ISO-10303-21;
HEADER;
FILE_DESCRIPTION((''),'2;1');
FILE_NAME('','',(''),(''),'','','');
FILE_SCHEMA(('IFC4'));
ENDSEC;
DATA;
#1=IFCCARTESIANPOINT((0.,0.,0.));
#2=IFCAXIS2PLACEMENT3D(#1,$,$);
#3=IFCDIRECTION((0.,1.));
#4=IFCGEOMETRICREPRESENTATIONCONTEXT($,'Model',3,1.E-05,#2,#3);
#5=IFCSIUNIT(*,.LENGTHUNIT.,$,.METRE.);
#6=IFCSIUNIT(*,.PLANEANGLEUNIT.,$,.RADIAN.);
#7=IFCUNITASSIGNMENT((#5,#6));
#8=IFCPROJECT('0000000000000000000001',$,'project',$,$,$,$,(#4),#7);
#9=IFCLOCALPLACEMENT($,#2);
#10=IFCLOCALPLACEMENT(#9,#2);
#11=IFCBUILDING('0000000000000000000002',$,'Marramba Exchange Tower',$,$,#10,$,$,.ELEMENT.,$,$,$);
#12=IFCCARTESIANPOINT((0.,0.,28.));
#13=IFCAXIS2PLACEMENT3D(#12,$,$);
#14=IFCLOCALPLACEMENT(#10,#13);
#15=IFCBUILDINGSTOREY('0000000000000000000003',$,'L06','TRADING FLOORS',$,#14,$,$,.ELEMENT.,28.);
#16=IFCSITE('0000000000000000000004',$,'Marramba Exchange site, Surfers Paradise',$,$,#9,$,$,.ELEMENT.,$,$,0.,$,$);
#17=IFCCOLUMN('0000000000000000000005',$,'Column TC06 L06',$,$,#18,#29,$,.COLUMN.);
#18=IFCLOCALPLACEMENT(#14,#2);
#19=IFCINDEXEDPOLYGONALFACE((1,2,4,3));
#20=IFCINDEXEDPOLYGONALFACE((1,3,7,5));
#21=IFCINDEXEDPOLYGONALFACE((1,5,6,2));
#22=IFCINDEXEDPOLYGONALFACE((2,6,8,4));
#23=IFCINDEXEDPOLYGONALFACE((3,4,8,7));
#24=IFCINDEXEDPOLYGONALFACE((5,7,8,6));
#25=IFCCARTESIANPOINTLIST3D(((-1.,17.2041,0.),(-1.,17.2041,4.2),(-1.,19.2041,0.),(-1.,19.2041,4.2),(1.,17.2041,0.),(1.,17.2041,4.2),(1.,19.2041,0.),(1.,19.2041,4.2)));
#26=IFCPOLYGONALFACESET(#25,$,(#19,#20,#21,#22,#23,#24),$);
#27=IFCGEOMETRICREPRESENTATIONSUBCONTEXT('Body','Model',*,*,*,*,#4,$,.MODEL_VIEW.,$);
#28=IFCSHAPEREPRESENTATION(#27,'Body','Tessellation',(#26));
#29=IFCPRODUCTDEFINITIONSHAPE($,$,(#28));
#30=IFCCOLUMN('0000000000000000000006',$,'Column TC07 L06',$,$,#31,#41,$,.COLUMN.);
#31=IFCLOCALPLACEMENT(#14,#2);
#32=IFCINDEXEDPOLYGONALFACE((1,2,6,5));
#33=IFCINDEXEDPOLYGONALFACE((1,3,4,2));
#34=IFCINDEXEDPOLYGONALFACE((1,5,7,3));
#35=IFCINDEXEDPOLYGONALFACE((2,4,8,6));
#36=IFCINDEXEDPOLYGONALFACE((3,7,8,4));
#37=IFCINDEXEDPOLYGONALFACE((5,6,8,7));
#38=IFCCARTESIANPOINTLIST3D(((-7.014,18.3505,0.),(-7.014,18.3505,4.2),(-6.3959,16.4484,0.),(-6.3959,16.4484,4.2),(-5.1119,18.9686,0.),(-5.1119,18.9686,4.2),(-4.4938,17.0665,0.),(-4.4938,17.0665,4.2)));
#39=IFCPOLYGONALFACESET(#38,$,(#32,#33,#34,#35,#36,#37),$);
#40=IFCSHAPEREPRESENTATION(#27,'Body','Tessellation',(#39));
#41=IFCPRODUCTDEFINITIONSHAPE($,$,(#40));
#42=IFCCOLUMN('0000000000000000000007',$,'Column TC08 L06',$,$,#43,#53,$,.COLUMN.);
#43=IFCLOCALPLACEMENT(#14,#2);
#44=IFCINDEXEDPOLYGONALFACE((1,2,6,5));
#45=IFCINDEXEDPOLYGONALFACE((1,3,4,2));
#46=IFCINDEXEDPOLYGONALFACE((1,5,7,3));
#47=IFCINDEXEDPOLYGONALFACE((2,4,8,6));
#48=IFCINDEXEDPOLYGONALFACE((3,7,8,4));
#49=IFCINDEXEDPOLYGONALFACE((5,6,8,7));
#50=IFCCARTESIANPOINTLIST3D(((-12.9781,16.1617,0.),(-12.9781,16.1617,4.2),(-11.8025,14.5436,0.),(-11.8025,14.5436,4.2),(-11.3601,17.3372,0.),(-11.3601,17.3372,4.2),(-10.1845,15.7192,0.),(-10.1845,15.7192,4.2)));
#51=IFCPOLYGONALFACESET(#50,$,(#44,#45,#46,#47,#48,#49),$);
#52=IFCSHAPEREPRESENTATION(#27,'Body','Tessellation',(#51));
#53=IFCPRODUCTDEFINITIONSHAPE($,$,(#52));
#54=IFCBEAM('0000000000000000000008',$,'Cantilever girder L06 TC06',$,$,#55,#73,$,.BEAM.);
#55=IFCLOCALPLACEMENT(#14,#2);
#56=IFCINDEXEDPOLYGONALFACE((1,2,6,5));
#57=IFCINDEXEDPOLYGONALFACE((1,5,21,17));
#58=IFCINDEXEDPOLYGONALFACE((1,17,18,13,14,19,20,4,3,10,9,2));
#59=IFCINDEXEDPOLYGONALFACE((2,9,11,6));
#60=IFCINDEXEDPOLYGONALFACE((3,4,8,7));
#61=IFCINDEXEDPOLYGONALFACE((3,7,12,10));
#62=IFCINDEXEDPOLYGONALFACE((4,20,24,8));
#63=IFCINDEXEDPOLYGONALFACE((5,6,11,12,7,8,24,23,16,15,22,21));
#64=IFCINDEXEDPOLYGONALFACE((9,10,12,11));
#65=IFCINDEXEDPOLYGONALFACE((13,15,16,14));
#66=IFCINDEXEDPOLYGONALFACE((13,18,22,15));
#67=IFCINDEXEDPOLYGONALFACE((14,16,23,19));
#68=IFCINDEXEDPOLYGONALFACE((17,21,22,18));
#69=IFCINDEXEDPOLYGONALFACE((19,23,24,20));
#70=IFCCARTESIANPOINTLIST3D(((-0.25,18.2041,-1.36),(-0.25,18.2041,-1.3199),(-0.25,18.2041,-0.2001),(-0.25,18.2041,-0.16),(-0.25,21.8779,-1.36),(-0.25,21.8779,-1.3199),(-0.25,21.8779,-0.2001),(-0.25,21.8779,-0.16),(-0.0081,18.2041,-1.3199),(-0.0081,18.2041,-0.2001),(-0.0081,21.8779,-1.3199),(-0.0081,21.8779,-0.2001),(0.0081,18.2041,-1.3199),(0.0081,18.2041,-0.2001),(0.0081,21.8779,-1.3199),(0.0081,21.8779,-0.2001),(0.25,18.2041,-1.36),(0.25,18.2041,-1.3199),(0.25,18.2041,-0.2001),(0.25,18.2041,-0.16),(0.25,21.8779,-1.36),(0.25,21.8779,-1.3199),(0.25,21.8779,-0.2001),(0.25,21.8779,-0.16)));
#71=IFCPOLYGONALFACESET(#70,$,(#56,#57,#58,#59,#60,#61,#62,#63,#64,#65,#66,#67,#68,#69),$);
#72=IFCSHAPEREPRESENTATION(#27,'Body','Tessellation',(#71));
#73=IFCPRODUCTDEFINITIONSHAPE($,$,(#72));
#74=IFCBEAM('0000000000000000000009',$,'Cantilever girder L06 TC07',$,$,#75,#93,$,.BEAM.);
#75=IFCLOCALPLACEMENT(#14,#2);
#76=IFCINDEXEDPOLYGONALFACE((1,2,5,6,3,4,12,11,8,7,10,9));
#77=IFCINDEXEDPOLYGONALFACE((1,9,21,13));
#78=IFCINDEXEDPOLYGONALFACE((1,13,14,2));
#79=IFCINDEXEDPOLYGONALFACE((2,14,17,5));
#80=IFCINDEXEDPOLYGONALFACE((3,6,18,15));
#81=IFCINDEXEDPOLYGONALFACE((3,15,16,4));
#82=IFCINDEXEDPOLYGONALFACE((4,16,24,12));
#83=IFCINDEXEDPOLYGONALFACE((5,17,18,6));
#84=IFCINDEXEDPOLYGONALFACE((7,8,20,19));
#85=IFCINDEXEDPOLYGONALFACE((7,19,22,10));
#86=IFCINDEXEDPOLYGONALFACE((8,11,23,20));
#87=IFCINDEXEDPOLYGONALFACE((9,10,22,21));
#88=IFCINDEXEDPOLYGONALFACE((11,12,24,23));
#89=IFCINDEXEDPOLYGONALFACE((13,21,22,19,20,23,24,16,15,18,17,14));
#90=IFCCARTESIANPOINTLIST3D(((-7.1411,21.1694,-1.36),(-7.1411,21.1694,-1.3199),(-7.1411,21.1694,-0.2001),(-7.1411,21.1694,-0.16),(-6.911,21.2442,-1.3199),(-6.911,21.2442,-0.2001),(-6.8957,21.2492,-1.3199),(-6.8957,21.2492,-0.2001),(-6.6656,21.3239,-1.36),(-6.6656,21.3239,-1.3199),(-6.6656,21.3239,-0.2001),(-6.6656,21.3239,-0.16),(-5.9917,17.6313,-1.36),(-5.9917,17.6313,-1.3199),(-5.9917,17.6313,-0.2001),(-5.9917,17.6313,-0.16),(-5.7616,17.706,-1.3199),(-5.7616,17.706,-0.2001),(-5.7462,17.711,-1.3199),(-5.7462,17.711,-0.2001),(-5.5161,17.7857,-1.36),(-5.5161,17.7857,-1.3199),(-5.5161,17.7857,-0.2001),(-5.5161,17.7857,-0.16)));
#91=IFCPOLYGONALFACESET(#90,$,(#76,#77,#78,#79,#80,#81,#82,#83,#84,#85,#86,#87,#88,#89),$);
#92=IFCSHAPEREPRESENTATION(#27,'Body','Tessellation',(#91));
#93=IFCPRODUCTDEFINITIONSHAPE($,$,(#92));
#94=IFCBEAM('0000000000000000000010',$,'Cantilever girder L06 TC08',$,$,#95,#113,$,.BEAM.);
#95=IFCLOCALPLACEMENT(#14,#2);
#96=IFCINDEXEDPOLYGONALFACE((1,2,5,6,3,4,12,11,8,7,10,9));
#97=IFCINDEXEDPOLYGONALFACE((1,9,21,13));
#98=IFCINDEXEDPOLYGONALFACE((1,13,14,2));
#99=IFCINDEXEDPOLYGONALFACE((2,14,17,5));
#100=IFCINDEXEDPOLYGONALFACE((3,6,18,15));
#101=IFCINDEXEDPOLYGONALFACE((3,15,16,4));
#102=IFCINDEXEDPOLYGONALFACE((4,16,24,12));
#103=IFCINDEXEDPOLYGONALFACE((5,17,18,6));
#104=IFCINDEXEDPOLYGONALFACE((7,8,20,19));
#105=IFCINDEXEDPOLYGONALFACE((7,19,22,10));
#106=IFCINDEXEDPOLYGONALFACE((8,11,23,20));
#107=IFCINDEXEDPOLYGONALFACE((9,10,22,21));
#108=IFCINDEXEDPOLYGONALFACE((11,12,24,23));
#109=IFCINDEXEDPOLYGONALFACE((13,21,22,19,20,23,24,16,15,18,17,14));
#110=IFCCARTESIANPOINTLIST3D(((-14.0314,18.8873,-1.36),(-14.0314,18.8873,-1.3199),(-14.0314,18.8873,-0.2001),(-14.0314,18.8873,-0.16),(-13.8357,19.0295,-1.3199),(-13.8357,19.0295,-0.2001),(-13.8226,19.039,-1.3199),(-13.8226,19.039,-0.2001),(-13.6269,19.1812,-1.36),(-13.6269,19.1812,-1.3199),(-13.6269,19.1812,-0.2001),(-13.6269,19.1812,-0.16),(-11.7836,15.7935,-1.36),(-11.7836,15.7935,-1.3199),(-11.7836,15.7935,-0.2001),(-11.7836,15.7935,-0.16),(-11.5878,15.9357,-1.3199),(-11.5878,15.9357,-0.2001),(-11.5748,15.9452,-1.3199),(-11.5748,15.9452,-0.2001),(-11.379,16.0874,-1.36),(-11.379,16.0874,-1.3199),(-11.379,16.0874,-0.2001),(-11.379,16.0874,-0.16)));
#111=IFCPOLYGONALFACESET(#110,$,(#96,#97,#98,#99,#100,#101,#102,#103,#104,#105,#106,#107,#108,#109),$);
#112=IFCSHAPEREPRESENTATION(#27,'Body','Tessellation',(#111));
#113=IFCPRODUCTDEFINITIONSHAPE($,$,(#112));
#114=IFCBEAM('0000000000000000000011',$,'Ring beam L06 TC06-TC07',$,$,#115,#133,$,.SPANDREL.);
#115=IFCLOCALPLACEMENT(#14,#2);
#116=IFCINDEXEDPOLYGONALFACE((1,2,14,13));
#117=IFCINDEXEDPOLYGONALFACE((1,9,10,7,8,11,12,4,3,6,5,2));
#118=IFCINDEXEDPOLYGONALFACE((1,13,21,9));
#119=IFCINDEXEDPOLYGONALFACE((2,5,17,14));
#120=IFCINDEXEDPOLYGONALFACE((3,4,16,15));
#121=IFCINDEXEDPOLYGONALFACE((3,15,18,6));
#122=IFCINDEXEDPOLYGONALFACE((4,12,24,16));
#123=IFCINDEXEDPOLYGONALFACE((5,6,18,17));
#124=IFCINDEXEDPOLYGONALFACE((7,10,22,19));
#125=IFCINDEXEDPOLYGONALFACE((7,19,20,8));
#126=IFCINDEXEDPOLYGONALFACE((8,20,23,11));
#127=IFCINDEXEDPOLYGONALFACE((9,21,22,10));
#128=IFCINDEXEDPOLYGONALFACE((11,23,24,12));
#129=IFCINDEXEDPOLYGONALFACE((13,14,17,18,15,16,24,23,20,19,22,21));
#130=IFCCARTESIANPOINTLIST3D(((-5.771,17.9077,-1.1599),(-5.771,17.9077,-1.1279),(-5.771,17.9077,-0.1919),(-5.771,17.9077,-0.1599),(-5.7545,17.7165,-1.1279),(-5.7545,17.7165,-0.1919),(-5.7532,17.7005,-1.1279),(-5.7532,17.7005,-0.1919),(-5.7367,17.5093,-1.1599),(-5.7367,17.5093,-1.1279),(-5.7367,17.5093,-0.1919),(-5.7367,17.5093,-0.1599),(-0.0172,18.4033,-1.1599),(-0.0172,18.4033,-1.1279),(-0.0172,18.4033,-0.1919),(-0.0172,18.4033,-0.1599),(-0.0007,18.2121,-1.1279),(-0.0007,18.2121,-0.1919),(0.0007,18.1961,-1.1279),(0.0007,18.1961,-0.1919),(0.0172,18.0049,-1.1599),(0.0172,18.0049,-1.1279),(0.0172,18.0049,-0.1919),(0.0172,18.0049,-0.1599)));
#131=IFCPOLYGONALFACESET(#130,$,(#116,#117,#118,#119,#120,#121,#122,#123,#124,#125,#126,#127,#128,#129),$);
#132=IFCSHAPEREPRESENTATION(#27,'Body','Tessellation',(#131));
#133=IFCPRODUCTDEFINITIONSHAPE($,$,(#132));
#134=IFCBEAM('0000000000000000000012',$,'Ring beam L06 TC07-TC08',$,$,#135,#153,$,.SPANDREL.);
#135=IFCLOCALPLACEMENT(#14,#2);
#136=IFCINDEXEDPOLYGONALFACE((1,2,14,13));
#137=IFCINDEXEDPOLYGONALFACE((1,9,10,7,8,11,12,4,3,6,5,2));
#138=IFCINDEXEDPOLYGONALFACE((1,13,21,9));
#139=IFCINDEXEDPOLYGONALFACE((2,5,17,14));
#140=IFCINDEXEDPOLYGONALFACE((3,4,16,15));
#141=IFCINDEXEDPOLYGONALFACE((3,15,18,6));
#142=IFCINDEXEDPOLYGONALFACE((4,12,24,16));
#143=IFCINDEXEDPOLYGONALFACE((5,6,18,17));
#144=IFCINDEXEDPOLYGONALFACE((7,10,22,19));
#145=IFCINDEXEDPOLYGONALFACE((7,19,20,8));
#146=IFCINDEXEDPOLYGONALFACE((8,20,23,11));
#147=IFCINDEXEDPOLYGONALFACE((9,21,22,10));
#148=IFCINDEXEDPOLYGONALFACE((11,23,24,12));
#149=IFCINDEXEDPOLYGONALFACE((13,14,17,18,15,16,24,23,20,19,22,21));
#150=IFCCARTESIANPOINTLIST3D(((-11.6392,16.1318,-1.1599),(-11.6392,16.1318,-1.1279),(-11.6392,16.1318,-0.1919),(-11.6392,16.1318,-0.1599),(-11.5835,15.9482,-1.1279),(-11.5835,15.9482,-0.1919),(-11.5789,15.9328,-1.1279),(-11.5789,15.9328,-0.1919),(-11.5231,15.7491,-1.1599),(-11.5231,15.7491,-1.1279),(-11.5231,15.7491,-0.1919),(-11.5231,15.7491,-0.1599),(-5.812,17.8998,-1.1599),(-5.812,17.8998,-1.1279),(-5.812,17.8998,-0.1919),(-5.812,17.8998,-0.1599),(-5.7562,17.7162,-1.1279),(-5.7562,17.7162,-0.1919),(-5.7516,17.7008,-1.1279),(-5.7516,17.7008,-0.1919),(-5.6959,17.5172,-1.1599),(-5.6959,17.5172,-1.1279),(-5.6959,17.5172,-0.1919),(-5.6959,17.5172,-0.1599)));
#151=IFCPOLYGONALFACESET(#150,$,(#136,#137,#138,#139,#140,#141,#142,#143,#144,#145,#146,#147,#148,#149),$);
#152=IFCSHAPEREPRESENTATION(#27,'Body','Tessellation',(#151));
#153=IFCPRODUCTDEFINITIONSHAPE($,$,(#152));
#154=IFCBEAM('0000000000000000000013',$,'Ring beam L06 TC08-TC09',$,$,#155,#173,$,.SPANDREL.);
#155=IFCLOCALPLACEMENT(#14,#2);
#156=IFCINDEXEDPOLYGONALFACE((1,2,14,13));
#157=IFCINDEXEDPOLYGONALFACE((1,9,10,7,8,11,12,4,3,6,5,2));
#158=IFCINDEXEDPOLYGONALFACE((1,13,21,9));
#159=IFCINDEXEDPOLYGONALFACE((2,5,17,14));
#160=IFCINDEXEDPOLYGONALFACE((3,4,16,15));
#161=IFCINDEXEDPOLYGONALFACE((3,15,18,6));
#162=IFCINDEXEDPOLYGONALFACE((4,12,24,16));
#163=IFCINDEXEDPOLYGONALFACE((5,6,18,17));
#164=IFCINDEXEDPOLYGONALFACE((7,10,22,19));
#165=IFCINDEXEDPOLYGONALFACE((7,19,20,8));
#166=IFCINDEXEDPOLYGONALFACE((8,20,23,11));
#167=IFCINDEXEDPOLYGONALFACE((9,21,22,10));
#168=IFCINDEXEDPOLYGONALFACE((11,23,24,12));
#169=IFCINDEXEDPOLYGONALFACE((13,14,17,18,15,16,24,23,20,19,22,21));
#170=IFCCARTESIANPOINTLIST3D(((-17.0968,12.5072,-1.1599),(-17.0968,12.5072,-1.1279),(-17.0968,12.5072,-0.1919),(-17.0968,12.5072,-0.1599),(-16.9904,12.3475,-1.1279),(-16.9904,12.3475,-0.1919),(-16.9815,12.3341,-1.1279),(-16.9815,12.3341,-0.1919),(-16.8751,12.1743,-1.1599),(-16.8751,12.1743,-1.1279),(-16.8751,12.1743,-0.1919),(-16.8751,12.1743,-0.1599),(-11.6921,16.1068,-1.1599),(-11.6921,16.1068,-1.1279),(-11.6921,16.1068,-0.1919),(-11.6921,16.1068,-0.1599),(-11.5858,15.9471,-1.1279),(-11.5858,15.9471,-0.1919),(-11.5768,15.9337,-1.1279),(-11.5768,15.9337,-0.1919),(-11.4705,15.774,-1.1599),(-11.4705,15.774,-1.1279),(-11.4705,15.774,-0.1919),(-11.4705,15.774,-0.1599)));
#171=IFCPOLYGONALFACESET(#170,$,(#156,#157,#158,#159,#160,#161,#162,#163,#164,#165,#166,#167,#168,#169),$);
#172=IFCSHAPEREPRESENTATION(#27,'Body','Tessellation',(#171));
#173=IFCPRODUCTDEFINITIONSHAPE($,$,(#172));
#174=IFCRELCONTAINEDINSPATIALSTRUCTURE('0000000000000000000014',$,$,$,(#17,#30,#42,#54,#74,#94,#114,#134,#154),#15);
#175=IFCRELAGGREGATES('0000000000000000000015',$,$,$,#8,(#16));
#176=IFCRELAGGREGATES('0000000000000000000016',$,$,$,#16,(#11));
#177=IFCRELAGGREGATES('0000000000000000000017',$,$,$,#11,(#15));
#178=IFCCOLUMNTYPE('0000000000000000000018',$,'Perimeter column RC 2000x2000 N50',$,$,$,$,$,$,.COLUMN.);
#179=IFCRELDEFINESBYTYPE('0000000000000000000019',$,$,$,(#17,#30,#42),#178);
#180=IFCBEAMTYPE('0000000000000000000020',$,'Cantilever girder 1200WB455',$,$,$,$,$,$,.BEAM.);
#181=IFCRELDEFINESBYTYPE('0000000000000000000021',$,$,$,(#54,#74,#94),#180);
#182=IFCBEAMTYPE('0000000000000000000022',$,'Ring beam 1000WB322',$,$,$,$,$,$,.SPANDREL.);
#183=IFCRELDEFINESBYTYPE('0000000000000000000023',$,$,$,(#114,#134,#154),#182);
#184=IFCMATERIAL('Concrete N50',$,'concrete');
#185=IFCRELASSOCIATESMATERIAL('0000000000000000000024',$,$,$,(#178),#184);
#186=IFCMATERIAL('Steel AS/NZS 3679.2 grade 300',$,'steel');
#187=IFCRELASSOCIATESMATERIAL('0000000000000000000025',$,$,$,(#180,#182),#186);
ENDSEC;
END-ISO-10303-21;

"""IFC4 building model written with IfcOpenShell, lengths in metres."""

from ifc_helpers import new_model, si_unit, direction, frame, origin, origin_2d, place, context, subcontext, project, spatial, rectangle, i_section, extrude, material, material_profile, profile_set, type_object, element, save


model = new_model("IFC4")

# Units and contexts
model_context = context("Model", 3, precision=1e-05, world=origin(), true_north=direction((0.0, 1.0)))
body_context = subcontext(model_context, "Body", "Model", "MODEL_VIEW")
ifc_project = project(units=[si_unit("LENGTHUNIT", "METRE"), si_unit("PLANEANGLEUNIT", "RADIAN")], contexts=[model_context])

# Site, building, storey
site_placement = place(None, origin())
site = spatial("IfcSite", under=ifc_project, at=site_placement, Name="Marramba Exchange site, Surfers Paradise", CompositionType="ELEMENT", RefElevation=0.0)
building_placement = place(site_placement, origin())
building = spatial("IfcBuilding", under=site, at=building_placement, Name="Marramba Exchange Tower", CompositionType="ELEMENT")
storey_placement = place(building_placement, frame((0.0, 0.0, 28.0)))
storey = spatial("IfcBuildingStorey", under=building, at=storey_placement, Name="L06", Description="TRADING FLOORS", CompositionType="ELEMENT", Elevation=28.0)

# Columns
ifc_material_1 = material(Name="Concrete N50", Category="concrete")
ifc_material_profile_1 = material_profile(ifc_material_1, rectangle(XDim=2.0, YDim=2.0, at=origin_2d()), Name="RC 2000x2000")
ifc_profile_set_1 = profile_set([ifc_material_profile_1], Name="Concrete N50")
column_type = type_object("IfcColumnType", Name="Perimeter column RC 2000x2000 N50", PredefinedType="COLUMN", material=ifc_profile_set_1)
for number, where, z_axis, x_axis, name in (
    (1, (0.0, 18.2041, 0.0), (0.0, 0.0, 1.0), (0.0, 1.0, 0.0), "Column TC06 L06"),
    (2, (-5.7539, 17.7085, 0.0), (0.0, 0.0, 1.0), (-0.309017, 0.951057, 0.0), "Column TC07 L06"),
    (3, (-11.5813, 15.9404, 0.0), (0.0, 0.0, 1.0), (-0.587785, 0.809017, 0.0), "Column TC08 L06"),
):
    element("IfcColumn", number, at=place(storey_placement, frame(where, z_axis=z_axis, x_axis=x_axis)), inside=storey, type_object=column_type, Name=name, PredefinedType="COLUMN", context=body_context, shape_type="SweptSolid", body=[
        extrude(rectangle(XDim=2.0, YDim=2.0, at=origin_2d()), origin(), (0.0, 0.0, 1.0), 4.2),
    ])

# Beams
ifc_material_2 = material(Name="Steel AS/NZS 3679.2 grade 300", Category="steel")
ifc_material_profile_2 = material_profile(ifc_material_2, i_section(OverallWidth=0.5, OverallDepth=1.2, WebThickness=0.0161, FlangeThickness=0.04, at=origin_2d()), Name="1200WB455")
ifc_profile_set_2 = profile_set([ifc_material_profile_2], Name="Steel AS/NZS 3679.2 grade 300")
beam_type_1 = type_object("IfcBeamType", Name="Cantilever girder 1200WB455", PredefinedType="BEAM", material=ifc_profile_set_2)
beam_1_placement = place(storey_placement, frame((0.0, 18.2041, -0.76), z_axis=(0.0, 1.0, 0.0), x_axis=(-1.0, 0.0, 0.0)))
element("IfcBeam", 4, at=beam_1_placement, inside=storey, type_object=beam_type_1, Name="Cantilever girder L06 TC06", PredefinedType="BEAM", context=body_context, shape_type="SweptSolid", body=[
    extrude(i_section(OverallWidth=0.5, OverallDepth=1.2, WebThickness=0.0161, FlangeThickness=0.04, at=origin_2d()), origin(), (0.0, 0.0, 1.0), 3.6738),
])
beam_2_placement = place(storey_placement, frame((-5.7539, 17.7085, -0.76), z_axis=(-0.308973, 0.951071, 0.0), x_axis=(-0.951071, -0.308973, 0.0)))
element("IfcBeam", 5, at=beam_2_placement, inside=storey, type_object=beam_type_1, Name="Cantilever girder L06 TC07", PredefinedType="BEAM", context=body_context, shape_type="SweptSolid", body=[
    extrude(i_section(OverallWidth=0.5, OverallDepth=1.2, WebThickness=0.0161, FlangeThickness=0.04, at=origin_2d()), origin(), (0.0, 0.0, 1.0), 3.7202),
])
beam_3_placement = place(storey_placement, frame((-11.5813, 15.9404, -0.76), z_axis=(-0.587796, 0.809009, 0.0), x_axis=(-0.809009, -0.587796, 0.0)))
element("IfcBeam", 6, at=beam_3_placement, inside=storey, type_object=beam_type_1, Name="Cantilever girder L06 TC08", PredefinedType="BEAM", context=body_context, shape_type="SweptSolid", body=[
    extrude(i_section(OverallWidth=0.5, OverallDepth=1.2, WebThickness=0.0161, FlangeThickness=0.04, at=origin_2d()), origin(), (0.0, 0.0, 1.0), 3.8242),
])
ifc_material_profile_3 = material_profile(ifc_material_2, i_section(OverallWidth=0.3999, OverallDepth=1.0, WebThickness=0.0161, FlangeThickness=0.032, at=origin_2d()), Name="1000WB322")
ifc_profile_set_3 = profile_set([ifc_material_profile_3], Name="Steel AS/NZS 3679.2 grade 300")
beam_type_2 = type_object("IfcBeamType", Name="Ring beam 1000WB322", PredefinedType="SPANDREL", material=ifc_profile_set_3)
beam_4_placement = place(storey_placement, frame((0.0, 18.2041, -0.6599), z_axis=(-0.996311, -0.085816, 0.0), x_axis=(0.085816, -0.996311, 0.0)))
element("IfcBeam", 7, at=beam_4_placement, inside=storey, type_object=beam_type_2, Name="Ring beam L06 TC06-TC07", PredefinedType="SPANDREL", context=body_context, shape_type="SweptSolid", body=[
    extrude(i_section(OverallWidth=0.3999, OverallDepth=1.0, WebThickness=0.0161, FlangeThickness=0.032, at=origin_2d()), origin(), (0.0, 0.0, 1.0), 5.7751),
])
beam_5_placement = place(storey_placement, frame((-5.7539, 17.7085, -0.6599), z_axis=(-0.956925, -0.290337, 0.0), x_axis=(0.290337, -0.956925, 0.0)))
element("IfcBeam", 8, at=beam_5_placement, inside=storey, type_object=beam_type_2, Name="Ring beam L06 TC07-TC08", PredefinedType="SPANDREL", context=body_context, shape_type="SweptSolid", body=[
    extrude(i_section(OverallWidth=0.3999, OverallDepth=1.0, WebThickness=0.0161, FlangeThickness=0.032, at=origin_2d()), origin(), (0.0, 0.0, 1.0), 6.0896),
])
beam_6_placement = place(storey_placement, frame((-11.5813, 15.9404, -0.6599), z_axis=(-0.832293, -0.554336, 0.0), x_axis=(0.554336, -0.832293, 0.0)))
element("IfcBeam", 9, at=beam_6_placement, inside=storey, type_object=beam_type_2, Name="Ring beam L06 TC08-TC09", PredefinedType="SPANDREL", context=body_context, shape_type="SweptSolid", body=[
    extrude(i_section(OverallWidth=0.3999, OverallDepth=1.0, WebThickness=0.0161, FlangeThickness=0.032, at=origin_2d()), origin(), (0.0, 0.0, 1.0), 6.4937),
])

save(model, "model.ifc")
